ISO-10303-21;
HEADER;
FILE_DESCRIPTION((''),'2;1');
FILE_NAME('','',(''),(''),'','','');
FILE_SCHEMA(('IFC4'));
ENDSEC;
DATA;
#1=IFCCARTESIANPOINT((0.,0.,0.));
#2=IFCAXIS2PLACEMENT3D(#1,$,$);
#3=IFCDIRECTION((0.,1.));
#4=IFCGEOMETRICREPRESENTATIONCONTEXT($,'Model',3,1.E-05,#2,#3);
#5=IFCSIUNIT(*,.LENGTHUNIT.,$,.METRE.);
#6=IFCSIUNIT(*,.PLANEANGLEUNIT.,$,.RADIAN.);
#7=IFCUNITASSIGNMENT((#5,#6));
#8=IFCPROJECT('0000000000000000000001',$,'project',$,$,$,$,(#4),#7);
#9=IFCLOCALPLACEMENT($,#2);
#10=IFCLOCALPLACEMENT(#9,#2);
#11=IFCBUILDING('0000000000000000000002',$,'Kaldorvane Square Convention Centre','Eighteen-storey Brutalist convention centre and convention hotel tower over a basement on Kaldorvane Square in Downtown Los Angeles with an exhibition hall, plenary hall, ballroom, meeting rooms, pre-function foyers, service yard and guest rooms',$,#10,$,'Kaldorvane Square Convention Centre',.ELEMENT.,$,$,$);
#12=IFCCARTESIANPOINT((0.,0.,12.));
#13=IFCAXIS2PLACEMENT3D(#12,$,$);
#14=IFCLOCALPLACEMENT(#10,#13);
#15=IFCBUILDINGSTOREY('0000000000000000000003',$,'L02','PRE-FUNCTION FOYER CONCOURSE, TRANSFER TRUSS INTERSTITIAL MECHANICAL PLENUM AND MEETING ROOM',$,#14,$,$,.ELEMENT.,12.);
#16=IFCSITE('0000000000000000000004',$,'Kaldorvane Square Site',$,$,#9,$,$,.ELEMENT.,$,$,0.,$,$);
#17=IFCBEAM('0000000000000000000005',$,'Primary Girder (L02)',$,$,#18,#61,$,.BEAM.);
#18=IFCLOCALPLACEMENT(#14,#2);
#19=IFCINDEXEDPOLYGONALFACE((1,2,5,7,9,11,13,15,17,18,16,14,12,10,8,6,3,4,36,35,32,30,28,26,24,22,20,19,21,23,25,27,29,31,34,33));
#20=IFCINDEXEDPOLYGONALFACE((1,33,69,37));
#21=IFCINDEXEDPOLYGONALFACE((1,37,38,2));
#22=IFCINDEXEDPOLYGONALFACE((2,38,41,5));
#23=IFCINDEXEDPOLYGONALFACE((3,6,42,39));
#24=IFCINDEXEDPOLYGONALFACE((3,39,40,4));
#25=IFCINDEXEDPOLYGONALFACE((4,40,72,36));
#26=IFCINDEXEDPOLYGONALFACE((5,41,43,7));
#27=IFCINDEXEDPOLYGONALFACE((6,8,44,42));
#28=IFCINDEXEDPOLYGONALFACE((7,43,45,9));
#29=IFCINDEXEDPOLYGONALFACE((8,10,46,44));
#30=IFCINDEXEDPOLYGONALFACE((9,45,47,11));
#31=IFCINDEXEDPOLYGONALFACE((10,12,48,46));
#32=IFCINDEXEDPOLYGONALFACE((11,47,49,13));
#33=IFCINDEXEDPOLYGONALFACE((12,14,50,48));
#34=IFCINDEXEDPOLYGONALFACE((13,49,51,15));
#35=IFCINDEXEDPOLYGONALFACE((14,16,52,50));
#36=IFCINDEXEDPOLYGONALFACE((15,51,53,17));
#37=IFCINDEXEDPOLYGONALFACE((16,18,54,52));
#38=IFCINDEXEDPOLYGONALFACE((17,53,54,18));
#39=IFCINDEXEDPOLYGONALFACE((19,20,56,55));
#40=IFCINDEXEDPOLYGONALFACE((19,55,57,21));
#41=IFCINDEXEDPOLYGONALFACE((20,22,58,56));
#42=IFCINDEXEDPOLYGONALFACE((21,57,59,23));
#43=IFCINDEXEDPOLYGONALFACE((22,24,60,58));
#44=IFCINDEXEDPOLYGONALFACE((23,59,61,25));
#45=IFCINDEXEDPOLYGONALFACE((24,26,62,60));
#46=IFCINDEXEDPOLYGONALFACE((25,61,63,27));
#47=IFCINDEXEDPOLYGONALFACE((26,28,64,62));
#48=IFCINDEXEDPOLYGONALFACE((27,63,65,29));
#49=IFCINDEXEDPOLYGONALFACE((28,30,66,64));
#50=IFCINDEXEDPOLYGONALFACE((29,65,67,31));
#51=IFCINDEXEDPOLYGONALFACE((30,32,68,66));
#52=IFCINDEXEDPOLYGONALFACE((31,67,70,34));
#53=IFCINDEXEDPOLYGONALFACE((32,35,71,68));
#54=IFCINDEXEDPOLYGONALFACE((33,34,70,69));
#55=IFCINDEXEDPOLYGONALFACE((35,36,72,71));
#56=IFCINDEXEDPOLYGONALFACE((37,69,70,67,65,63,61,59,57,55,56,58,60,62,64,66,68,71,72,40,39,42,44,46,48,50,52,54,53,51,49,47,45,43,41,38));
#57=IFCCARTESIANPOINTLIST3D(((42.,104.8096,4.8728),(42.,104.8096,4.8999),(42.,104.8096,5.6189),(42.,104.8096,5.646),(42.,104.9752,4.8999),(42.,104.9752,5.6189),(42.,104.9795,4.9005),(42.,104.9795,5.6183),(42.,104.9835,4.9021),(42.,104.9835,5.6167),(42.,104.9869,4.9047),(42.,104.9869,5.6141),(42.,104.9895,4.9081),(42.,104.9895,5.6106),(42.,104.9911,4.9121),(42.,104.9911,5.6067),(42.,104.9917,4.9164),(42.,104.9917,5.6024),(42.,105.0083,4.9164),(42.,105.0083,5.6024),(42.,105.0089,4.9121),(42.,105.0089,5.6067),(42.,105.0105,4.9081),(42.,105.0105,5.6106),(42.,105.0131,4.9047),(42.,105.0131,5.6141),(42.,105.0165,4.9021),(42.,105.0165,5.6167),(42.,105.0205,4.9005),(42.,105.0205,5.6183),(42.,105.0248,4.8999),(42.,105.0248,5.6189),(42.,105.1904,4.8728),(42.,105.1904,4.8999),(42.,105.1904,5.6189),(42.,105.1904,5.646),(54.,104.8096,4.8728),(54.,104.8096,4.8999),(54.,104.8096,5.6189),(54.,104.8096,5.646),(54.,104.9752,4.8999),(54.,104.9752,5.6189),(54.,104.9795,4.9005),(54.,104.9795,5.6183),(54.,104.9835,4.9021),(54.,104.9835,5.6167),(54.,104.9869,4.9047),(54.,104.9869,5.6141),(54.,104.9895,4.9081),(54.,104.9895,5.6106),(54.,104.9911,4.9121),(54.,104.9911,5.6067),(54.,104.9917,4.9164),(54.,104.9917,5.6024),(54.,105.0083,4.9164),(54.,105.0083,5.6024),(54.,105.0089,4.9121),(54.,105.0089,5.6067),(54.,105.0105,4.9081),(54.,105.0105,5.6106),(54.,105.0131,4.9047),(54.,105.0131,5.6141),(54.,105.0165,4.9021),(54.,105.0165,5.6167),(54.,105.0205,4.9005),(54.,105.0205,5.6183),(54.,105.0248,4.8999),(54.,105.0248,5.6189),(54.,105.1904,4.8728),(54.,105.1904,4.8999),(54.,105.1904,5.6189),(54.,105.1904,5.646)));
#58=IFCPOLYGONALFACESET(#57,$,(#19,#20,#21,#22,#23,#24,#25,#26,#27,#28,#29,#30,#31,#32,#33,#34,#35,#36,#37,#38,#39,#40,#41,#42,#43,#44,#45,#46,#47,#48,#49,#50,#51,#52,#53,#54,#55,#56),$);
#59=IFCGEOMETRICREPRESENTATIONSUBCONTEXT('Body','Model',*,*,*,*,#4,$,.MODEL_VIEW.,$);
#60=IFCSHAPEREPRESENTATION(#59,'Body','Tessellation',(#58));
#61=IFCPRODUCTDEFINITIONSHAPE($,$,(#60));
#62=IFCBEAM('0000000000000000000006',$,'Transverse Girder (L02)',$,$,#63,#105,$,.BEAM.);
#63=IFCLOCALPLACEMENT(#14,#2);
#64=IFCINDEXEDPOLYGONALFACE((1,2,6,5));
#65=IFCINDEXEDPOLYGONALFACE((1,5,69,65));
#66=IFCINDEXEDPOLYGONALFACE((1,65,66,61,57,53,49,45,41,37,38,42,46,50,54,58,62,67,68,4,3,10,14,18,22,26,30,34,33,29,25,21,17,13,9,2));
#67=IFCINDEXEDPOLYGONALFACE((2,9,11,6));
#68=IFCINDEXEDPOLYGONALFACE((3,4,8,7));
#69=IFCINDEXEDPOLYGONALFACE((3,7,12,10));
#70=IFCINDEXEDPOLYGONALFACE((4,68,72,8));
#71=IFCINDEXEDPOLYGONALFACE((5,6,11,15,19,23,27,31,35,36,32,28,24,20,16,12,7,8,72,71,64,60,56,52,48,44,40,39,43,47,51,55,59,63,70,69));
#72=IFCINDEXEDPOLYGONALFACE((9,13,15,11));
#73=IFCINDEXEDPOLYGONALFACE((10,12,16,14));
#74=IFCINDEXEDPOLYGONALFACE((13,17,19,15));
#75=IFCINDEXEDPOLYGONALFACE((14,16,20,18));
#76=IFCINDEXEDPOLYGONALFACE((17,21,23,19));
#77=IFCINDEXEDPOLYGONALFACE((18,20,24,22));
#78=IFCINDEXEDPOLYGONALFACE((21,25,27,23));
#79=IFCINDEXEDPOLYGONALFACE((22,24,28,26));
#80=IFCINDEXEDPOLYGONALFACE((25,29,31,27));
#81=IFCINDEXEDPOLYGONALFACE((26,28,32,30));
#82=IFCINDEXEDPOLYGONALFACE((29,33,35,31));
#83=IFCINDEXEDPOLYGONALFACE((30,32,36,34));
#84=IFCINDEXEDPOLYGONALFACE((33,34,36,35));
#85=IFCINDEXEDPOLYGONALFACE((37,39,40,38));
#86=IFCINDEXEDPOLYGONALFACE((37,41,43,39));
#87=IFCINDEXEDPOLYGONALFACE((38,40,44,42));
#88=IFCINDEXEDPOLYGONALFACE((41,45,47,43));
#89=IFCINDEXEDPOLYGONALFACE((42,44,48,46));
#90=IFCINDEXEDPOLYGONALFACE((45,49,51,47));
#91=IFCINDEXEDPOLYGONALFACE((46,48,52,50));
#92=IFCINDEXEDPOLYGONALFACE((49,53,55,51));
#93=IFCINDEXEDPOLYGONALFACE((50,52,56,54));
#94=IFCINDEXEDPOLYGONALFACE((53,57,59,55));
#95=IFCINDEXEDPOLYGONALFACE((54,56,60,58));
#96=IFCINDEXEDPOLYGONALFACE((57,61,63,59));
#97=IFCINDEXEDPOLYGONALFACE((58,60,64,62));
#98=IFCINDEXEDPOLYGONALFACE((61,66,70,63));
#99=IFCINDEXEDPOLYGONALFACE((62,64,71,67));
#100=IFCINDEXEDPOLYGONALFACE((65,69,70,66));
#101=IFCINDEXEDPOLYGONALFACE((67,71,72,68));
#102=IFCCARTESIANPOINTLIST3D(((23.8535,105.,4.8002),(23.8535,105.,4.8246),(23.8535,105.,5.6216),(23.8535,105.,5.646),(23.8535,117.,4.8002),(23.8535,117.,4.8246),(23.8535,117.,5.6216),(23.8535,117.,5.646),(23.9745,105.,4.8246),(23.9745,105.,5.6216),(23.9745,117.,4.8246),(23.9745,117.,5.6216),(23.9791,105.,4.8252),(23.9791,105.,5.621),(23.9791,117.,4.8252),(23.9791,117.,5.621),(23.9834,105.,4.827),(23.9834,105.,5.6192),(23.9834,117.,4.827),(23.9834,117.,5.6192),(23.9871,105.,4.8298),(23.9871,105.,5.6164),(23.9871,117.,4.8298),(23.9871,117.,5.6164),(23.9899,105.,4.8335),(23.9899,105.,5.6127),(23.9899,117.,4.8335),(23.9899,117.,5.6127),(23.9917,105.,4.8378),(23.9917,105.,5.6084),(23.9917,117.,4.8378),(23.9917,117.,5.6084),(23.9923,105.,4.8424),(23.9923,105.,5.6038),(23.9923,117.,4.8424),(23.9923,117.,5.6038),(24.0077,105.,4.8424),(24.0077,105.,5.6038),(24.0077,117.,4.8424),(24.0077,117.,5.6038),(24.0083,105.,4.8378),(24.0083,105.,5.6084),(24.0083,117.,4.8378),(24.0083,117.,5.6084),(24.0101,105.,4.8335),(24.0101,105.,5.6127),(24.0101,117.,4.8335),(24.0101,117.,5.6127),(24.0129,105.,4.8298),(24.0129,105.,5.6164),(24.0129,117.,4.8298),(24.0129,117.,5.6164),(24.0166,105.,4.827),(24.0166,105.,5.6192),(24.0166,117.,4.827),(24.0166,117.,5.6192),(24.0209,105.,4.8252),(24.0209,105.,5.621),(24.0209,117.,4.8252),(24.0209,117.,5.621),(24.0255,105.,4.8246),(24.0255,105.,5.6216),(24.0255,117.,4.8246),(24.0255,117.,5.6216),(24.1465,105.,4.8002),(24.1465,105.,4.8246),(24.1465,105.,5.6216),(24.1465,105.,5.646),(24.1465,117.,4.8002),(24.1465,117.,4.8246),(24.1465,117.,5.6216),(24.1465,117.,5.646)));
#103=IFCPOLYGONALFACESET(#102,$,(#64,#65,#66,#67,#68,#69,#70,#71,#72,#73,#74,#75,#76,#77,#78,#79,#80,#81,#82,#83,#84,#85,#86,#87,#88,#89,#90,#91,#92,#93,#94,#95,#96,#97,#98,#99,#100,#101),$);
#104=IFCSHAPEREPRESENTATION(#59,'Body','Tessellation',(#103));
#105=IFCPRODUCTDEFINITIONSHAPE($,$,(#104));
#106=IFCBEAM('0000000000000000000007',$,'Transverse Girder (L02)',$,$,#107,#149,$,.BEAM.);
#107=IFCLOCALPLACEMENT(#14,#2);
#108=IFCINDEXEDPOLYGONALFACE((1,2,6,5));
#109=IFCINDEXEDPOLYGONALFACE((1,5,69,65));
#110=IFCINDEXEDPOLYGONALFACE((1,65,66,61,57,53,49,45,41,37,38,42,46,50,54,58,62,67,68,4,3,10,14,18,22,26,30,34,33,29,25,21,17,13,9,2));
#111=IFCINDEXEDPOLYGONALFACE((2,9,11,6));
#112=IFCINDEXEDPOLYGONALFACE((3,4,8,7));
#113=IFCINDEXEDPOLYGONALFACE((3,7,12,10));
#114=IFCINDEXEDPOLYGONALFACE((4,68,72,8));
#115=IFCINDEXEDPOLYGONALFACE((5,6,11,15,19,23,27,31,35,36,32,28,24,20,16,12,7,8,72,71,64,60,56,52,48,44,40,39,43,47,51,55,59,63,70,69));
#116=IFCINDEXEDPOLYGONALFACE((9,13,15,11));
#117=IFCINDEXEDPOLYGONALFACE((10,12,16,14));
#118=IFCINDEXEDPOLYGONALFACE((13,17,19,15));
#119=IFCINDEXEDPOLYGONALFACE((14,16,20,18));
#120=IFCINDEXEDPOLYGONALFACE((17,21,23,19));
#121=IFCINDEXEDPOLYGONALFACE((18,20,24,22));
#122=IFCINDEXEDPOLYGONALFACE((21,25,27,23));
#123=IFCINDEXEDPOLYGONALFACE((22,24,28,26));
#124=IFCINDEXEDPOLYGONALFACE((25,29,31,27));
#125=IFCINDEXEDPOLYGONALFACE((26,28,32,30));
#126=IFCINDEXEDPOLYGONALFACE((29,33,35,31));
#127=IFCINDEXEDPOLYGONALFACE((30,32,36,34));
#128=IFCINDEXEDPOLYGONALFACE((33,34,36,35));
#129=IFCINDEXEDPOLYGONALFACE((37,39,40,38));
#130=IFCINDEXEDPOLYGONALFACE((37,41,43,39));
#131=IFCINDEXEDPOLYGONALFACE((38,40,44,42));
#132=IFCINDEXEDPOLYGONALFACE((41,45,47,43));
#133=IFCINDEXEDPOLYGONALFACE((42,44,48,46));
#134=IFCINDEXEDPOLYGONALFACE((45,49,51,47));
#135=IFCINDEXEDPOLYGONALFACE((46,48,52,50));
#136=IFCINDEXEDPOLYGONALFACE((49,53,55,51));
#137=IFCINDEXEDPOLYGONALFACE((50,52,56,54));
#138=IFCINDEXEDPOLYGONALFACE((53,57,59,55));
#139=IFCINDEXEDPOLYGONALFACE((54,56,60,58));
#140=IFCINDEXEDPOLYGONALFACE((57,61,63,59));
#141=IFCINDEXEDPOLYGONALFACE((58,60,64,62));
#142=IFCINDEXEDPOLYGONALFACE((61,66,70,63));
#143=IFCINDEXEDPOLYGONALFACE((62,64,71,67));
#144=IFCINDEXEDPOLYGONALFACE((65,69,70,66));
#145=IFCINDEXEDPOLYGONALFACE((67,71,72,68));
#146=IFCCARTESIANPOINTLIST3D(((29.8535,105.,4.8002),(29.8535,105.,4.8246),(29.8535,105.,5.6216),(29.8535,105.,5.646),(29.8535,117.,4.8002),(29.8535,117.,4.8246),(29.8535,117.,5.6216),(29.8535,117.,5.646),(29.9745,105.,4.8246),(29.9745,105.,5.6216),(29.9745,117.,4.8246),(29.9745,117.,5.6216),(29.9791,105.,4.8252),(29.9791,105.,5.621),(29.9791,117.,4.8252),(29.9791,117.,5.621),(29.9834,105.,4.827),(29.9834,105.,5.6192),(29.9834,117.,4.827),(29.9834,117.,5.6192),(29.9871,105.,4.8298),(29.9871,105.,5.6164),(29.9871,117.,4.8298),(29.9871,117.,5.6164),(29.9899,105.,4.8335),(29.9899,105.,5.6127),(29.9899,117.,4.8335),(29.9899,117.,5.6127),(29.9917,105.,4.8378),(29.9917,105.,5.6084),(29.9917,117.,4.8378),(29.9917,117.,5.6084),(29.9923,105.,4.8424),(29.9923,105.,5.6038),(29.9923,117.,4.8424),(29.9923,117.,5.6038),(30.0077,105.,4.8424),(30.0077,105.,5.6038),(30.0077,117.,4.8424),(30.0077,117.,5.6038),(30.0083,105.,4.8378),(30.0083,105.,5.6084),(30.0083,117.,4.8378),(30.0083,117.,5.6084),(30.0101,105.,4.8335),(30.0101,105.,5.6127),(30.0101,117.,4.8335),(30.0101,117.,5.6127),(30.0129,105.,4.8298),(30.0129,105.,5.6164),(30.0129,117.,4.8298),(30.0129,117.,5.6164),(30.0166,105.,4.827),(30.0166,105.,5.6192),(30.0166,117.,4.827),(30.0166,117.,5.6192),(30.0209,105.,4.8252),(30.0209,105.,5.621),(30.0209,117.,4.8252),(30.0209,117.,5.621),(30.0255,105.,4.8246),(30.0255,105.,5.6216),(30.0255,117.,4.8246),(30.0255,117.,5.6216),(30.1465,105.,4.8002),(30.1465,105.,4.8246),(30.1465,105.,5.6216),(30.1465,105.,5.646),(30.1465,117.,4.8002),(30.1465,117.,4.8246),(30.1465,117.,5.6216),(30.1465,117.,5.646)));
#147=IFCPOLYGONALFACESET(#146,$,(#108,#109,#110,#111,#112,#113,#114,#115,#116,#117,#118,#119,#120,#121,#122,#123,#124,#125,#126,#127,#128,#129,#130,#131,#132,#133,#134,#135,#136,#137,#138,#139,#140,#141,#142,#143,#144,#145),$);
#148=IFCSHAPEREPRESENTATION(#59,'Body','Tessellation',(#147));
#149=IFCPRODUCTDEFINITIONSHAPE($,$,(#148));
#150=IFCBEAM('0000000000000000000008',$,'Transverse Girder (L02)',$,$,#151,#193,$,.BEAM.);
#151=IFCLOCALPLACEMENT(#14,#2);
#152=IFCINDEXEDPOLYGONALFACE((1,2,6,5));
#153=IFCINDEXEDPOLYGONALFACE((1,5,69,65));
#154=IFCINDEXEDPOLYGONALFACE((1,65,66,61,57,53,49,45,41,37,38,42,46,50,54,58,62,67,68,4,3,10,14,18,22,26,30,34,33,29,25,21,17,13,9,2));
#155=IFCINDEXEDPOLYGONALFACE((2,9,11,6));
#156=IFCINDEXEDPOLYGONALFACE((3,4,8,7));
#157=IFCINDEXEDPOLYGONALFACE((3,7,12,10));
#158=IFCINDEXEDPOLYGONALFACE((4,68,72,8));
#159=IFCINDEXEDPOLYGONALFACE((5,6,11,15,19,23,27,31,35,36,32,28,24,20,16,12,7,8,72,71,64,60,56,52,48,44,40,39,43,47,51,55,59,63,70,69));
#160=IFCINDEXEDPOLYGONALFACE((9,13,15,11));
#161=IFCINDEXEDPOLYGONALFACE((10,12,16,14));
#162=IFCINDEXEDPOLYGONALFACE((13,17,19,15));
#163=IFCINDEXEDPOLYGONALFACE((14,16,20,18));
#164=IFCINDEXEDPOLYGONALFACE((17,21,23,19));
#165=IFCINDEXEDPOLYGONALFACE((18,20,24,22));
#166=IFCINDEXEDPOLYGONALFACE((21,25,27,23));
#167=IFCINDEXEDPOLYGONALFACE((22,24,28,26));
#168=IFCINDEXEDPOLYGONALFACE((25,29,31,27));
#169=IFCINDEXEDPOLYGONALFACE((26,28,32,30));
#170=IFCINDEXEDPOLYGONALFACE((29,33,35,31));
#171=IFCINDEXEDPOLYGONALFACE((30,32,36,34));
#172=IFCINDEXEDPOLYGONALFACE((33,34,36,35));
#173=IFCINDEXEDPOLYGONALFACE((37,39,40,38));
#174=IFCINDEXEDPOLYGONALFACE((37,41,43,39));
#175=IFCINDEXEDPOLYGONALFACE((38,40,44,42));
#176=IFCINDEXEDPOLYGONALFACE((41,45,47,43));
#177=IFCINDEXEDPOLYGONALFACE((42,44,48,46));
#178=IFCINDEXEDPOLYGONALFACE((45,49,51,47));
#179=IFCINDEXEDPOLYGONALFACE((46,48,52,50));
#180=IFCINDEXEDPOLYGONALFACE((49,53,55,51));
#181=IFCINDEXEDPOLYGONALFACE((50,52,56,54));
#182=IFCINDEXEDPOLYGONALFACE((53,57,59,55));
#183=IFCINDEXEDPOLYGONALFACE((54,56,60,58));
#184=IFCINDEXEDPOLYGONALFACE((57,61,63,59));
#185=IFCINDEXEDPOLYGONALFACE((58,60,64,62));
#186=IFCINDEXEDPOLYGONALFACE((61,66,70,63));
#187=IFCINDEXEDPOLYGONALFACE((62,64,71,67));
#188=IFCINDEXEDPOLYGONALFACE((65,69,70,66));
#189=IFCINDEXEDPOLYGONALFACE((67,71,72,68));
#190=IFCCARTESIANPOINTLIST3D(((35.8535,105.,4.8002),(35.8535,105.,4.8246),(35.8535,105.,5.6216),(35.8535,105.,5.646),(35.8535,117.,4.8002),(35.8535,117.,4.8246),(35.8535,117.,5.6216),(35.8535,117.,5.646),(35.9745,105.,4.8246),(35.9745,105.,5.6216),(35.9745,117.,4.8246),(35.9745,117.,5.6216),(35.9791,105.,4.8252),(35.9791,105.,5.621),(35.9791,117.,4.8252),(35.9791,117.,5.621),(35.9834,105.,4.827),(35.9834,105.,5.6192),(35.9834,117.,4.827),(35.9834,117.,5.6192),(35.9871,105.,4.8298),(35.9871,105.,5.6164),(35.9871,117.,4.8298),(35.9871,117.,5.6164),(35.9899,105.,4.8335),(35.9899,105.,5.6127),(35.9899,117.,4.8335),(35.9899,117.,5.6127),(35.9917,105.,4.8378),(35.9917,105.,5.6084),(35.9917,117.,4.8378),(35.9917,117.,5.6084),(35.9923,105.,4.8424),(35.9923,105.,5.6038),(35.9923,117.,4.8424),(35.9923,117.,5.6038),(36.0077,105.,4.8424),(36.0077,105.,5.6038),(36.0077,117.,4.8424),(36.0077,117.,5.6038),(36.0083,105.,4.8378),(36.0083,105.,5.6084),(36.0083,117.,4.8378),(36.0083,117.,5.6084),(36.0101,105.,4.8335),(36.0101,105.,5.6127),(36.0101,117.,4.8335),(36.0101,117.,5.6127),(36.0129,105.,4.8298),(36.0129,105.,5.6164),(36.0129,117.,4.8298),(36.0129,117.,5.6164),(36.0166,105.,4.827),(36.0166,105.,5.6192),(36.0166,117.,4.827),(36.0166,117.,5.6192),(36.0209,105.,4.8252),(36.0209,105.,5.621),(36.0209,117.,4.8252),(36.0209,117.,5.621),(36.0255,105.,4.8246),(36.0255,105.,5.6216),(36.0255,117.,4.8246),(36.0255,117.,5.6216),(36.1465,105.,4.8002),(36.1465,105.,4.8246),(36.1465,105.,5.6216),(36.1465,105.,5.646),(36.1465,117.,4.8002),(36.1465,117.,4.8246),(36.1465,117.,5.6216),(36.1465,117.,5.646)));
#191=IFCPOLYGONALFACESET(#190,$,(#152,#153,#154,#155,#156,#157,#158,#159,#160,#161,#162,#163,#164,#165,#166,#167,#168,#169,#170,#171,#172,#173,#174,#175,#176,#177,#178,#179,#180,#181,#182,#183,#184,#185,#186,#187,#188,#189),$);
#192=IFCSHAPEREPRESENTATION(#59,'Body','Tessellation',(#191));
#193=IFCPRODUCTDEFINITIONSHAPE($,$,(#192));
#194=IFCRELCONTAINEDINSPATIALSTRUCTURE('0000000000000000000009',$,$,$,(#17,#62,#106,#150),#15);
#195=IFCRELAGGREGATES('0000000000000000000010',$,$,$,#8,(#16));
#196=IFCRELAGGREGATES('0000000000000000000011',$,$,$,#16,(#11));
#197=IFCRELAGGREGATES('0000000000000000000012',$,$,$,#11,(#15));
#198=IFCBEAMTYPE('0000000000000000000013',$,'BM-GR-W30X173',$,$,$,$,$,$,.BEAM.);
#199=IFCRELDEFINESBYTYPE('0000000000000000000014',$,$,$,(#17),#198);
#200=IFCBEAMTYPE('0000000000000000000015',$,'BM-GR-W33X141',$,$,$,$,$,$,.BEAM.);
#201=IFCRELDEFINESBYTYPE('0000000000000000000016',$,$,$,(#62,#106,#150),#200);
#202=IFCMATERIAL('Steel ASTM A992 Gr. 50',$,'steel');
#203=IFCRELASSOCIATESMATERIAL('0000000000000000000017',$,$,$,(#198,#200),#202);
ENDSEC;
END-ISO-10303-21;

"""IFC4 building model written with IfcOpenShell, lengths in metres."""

from ifc_helpers import new_model, si_unit, direction, frame, origin, origin_2d, place, context, subcontext, project, spatial, i_section, extrude, material, material_profile, profile_set, type_object, element, save


model = new_model("IFC4")

# Units and contexts
model_context = context("Model", 3, precision=1e-05, world=origin(), true_north=direction((0.0, 1.0)))
body_context = subcontext(model_context, "Body", "Model", "MODEL_VIEW")
ifc_project = project(units=[si_unit("LENGTHUNIT", "METRE"), si_unit("PLANEANGLEUNIT", "RADIAN")], contexts=[model_context])

# Site, building, storey
site_placement = place(None, origin())
site = spatial("IfcSite", under=ifc_project, at=site_placement, Name="Kaldorvane Square Site", CompositionType="ELEMENT", RefElevation=0.0)
building_placement = place(site_placement, origin())
building = spatial("IfcBuilding", under=site, at=building_placement, Name="Kaldorvane Square Convention Centre", Description="Eighteen-storey Brutalist convention centre and convention hotel tower over a basement on Kaldorvane Square in Downtown Los Angeles with an exhibition hall, plenary hall, ballroom, meeting rooms, pre-function foyers, service yard and guest rooms", LongName="Kaldorvane Square Convention Centre", CompositionType="ELEMENT")
storey_placement = place(building_placement, frame((0.0, 0.0, 12.0)))
storey = spatial("IfcBuildingStorey", under=building, at=storey_placement, Name="L02", Description="PRE-FUNCTION FOYER CONCOURSE, TRANSFER TRUSS INTERSTITIAL MECHANICAL PLENUM AND MEETING ROOM", CompositionType="ELEMENT", Elevation=12.0)

# Shared definitions
ifc_material_1 = material(Name="Steel ASTM A992 Gr. 50", Category="steel")

# Beams
ifc_material_profile_1 = material_profile(ifc_material_1, i_section(OverallWidth=0.3807, OverallDepth=0.7732, WebThickness=0.0166, FlangeThickness=0.0271, FilletRadius=0.0165, at=origin_2d()), Name="W30X173")
ifc_profile_set_1 = profile_set([ifc_material_profile_1], Name="Steel ASTM A992 Gr. 50")
beam_type_1 = type_object("IfcBeamType", Name="BM-GR-W30X173", PredefinedType="BEAM", material=ifc_profile_set_1)
beam_1_placement = place(storey_placement, frame((42.0, 105.0, 5.2594), z_axis=(1.0, 0.0, 0.0), x_axis=(0.0, 1.0, 0.0)))
element("IfcBeam", 1, at=beam_1_placement, inside=storey, type_object=beam_type_1, Name="Primary Girder (L02)", PredefinedType="BEAM", context=body_context, shape_type="SweptSolid", body=[
    extrude(i_section(OverallWidth=0.3807, OverallDepth=0.7732, WebThickness=0.0166, FlangeThickness=0.0271, FilletRadius=0.0165, at=origin_2d()), origin(), (0.0, 0.0, 1.0), 12.0),
])
ifc_material_profile_2 = material_profile(ifc_material_1, i_section(OverallWidth=0.293, OverallDepth=0.8458, WebThickness=0.0154, FlangeThickness=0.0244, FilletRadius=0.0178, at=origin_2d()), Name="W33X141")
ifc_profile_set_2 = profile_set([ifc_material_profile_2], Name="Steel ASTM A992 Gr. 50")
beam_type_2 = type_object("IfcBeamType", Name="BM-GR-W33X141", PredefinedType="BEAM", material=ifc_profile_set_2)
for number, where, z_axis, x_axis, name in (
    (2, (24.0, 105.0, 5.2231), (0.0, 1.0, 0.0), (-1.0, 0.0, 0.0), "Transverse Girder (L02)"),
    (3, (30.0, 105.0, 5.2231), (0.0, 1.0, 0.0), (-1.0, 0.0, 0.0), "Transverse Girder (L02)"),
    (4, (36.0, 105.0, 5.2231), (0.0, 1.0, 0.0), (-1.0, 0.0, 0.0), "Transverse Girder (L02)"),
):
    element("IfcBeam", number, at=place(storey_placement, frame(where, z_axis=z_axis, x_axis=x_axis)), inside=storey, type_object=beam_type_2, Name=name, PredefinedType="BEAM", context=body_context, shape_type="SweptSolid", body=[
        extrude(i_section(OverallWidth=0.293, OverallDepth=0.8458, WebThickness=0.0154, FlangeThickness=0.0244, FilletRadius=0.0178, at=origin_2d()), origin(), (0.0, 0.0, 1.0), 12.0),
    ])

save(model, "model.ifc")
